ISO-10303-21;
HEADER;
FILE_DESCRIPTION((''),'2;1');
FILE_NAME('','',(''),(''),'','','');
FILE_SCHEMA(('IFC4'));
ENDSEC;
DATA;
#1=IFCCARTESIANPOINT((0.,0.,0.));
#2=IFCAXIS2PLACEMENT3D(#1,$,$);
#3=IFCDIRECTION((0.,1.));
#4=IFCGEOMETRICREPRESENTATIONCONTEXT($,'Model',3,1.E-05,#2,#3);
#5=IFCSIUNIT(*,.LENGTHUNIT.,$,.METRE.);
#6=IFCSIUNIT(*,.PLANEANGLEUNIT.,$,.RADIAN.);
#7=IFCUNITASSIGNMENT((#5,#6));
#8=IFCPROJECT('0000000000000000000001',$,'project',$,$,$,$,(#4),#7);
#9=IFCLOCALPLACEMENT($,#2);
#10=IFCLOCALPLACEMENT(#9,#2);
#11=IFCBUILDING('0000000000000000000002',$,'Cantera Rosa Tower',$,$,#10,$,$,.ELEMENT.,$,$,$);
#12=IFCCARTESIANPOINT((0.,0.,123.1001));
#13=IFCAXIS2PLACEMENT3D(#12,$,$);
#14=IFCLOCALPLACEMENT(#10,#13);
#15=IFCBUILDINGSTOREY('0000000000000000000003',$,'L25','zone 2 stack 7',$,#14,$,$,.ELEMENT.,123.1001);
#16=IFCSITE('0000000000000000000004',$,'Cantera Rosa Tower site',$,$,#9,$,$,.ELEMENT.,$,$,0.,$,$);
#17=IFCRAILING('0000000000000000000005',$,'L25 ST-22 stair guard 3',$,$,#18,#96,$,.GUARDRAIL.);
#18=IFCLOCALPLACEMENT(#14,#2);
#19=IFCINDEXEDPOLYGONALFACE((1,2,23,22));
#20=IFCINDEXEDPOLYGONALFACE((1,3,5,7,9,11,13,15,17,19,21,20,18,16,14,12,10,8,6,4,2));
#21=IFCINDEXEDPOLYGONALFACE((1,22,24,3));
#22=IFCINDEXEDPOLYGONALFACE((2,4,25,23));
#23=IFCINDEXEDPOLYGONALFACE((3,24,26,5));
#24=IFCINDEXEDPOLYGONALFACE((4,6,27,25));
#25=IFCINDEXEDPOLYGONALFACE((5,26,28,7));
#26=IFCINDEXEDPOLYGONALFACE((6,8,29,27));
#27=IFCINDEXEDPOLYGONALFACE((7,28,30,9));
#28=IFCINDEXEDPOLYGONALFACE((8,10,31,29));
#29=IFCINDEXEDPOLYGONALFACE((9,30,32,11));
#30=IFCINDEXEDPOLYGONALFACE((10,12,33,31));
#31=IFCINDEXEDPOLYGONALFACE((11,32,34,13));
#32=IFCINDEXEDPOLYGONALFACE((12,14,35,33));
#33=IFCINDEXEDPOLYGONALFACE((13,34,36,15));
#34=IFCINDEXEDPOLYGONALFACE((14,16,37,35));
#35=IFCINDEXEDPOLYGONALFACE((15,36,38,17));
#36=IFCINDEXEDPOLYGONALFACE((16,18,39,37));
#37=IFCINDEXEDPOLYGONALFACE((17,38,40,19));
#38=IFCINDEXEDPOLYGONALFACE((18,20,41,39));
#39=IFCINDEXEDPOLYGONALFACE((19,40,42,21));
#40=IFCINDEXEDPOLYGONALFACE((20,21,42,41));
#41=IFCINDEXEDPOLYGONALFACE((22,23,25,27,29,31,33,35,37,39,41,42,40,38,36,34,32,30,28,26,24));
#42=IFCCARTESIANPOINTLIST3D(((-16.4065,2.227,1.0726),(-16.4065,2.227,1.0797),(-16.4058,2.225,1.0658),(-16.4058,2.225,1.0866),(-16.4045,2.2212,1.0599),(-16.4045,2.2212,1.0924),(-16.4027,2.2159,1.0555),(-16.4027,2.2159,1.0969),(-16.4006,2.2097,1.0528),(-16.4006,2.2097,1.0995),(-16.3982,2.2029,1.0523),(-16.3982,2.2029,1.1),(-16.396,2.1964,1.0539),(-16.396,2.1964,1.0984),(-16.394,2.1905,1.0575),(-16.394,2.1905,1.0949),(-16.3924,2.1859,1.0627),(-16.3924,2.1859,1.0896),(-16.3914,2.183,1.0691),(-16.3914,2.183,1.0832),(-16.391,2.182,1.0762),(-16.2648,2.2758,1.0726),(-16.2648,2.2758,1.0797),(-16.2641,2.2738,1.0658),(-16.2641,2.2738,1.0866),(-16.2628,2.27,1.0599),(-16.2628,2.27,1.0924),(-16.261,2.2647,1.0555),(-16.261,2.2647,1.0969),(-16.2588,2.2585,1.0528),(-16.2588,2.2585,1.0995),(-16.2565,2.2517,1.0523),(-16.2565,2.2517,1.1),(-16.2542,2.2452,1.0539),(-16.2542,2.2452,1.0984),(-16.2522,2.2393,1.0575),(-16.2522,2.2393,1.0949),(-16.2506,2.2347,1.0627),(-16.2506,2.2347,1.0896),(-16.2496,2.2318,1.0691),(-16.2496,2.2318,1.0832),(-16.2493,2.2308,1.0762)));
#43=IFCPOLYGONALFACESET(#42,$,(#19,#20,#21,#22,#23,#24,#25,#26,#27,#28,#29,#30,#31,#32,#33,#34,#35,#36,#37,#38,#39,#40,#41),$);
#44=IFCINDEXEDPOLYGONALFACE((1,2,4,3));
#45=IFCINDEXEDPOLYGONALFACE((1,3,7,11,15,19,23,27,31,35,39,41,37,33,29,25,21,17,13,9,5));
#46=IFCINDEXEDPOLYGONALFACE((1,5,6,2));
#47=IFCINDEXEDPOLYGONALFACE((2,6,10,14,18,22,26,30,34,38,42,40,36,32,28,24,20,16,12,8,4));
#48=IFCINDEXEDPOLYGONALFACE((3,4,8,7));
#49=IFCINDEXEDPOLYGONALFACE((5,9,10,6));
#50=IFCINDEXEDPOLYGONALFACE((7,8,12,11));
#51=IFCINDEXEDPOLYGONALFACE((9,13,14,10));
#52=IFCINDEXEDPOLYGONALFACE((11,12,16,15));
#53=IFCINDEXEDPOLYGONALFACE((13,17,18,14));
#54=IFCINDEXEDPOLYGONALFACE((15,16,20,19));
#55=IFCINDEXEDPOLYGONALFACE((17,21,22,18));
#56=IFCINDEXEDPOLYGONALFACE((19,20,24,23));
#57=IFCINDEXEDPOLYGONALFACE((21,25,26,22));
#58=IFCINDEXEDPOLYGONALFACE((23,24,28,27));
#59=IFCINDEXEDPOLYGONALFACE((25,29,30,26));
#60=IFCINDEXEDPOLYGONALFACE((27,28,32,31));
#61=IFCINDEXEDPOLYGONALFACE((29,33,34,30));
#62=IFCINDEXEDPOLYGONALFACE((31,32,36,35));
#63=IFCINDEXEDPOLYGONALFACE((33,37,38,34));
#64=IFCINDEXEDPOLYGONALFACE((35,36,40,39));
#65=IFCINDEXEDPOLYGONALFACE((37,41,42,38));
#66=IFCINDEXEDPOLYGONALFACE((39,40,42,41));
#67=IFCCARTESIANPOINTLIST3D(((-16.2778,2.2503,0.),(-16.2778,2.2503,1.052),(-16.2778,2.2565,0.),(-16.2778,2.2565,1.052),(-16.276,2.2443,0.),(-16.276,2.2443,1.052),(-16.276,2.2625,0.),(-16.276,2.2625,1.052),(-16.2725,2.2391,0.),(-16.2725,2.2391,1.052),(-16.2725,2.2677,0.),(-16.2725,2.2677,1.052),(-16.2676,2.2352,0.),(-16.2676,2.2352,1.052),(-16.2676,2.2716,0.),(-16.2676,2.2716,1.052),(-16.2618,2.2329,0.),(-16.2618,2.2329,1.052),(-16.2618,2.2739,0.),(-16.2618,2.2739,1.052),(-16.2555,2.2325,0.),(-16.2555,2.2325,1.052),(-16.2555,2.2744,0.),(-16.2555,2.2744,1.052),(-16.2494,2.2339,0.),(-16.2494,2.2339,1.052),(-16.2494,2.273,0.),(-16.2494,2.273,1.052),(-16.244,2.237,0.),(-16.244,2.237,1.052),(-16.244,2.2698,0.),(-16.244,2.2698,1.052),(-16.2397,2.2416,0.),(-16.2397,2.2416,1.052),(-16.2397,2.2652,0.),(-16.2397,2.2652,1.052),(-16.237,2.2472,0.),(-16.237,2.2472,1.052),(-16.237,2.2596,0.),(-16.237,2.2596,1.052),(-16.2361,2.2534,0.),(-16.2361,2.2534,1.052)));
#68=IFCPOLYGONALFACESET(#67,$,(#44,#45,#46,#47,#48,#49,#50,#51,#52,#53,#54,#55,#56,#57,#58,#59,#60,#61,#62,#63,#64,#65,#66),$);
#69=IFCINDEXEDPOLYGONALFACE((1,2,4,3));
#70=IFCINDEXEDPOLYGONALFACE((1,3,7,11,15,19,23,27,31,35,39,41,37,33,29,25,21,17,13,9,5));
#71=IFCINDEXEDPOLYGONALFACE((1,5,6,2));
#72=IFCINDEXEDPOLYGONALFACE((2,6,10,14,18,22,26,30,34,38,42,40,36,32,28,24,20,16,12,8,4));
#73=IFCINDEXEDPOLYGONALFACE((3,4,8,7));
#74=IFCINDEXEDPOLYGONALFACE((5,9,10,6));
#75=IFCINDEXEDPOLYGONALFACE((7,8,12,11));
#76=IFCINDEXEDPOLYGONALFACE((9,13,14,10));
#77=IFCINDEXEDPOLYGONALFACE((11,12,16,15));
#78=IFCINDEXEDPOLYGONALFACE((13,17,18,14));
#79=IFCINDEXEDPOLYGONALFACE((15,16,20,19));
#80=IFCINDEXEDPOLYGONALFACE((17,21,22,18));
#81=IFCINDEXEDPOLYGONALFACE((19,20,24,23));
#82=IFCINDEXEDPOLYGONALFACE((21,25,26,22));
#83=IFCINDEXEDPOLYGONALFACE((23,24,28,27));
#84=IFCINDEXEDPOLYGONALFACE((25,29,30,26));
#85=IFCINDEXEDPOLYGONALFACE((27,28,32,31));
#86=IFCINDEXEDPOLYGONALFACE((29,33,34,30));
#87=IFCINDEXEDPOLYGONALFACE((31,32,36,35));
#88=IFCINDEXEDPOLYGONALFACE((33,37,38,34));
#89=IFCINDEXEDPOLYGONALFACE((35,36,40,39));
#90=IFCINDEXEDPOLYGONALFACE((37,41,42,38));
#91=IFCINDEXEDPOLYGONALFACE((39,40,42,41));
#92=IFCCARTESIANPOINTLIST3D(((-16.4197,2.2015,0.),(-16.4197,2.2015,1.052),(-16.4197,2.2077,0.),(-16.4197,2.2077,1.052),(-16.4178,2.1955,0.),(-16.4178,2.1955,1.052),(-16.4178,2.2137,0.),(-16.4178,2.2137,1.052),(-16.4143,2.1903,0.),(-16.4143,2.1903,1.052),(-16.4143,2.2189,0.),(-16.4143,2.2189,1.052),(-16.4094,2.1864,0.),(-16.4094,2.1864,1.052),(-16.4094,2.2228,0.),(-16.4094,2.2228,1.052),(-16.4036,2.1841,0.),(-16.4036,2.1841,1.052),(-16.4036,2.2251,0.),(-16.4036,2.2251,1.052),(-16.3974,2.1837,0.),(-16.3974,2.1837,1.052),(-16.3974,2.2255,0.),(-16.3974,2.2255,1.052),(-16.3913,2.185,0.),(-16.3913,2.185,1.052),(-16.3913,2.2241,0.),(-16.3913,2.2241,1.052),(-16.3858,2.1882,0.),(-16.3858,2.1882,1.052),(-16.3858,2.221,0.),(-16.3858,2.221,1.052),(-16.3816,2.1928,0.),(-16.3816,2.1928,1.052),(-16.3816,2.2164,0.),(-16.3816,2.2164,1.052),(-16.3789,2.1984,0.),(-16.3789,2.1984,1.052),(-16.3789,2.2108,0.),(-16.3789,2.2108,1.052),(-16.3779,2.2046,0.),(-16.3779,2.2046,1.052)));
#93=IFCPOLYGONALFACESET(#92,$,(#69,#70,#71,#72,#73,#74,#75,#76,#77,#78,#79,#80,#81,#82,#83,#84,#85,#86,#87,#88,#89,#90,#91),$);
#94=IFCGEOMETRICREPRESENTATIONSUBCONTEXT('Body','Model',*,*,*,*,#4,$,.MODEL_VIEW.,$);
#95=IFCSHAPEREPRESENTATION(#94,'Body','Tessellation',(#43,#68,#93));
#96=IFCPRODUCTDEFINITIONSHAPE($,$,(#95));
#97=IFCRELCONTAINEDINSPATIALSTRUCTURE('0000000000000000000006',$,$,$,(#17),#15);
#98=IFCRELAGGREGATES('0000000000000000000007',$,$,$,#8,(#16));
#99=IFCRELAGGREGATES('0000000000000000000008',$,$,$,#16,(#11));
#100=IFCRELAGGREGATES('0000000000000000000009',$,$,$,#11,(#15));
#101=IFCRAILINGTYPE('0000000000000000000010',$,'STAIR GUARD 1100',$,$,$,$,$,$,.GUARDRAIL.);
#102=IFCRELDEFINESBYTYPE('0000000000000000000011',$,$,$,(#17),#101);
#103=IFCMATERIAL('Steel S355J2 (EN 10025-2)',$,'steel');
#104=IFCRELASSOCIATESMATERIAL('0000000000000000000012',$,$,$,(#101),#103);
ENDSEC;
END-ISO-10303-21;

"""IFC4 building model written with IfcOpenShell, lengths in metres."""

from ifc_helpers import new_model, si_unit, direction, frame, origin, origin_2d, place, context, subcontext, project, spatial, circle, extrude, material, type_object, element, save


model = new_model("IFC4")

# Units and contexts
model_context = context("Model", 3, precision=1e-05, world=origin(), true_north=direction((0.0, 1.0)))
body_context = subcontext(model_context, "Body", "Model", "MODEL_VIEW")
ifc_project = project(units=[si_unit("LENGTHUNIT", "METRE"), si_unit("PLANEANGLEUNIT", "RADIAN")], contexts=[model_context])

# Site, building, storey
site_placement = place(None, origin())
site = spatial("IfcSite", under=ifc_project, at=site_placement, Name="Cantera Rosa Tower site", CompositionType="ELEMENT", RefElevation=0.0)
building_placement = place(site_placement, origin())
building = spatial("IfcBuilding", under=site, at=building_placement, Name="Cantera Rosa Tower", CompositionType="ELEMENT")
storey_placement = place(building_placement, frame((0.0, 0.0, 123.1001)))
storey = spatial("IfcBuildingStorey", under=building, at=storey_placement, Name="L25", Description="zone 2 stack 7", CompositionType="ELEMENT", Elevation=123.1001)

# Railing
ifc_material_1 = material(Name="Steel S355J2 (EN 10025-2)", Category="steel")
railing_type_1 = type_object("IfcRailingType", Name="STAIR GUARD 1100", PredefinedType="GUARDRAIL", material=ifc_material_1)
railing_1_placement = place(storey_placement, frame((-16.2571, 2.2534, 0.0)))
element("IfcRailing", 1, at=railing_1_placement, inside=storey, type_object=railing_type_1, Name="L25 ST-22 stair guard 3", PredefinedType="GUARDRAIL", context=body_context, shape_type="SweptSolid", body=[
    extrude(circle(Radius=0.0239, at=origin_2d()), frame((0.0, 0.0, 1.0762), z_axis=(-0.945546, -0.325489, 0.0), x_axis=(0.325489, -0.945546, 0.0)), (0.0, 0.0, 1.0), 0.1499),
    extrude(circle(Radius=0.021, at=origin_2d()), origin(), (0.0, 0.0, 1.0), 1.052),
    extrude(circle(Radius=0.021, at=origin_2d()), frame((-0.1418, -0.0488, 0.0)), (0.0, 0.0, 1.0), 1.052),
])

save(model, "model.ifc")
